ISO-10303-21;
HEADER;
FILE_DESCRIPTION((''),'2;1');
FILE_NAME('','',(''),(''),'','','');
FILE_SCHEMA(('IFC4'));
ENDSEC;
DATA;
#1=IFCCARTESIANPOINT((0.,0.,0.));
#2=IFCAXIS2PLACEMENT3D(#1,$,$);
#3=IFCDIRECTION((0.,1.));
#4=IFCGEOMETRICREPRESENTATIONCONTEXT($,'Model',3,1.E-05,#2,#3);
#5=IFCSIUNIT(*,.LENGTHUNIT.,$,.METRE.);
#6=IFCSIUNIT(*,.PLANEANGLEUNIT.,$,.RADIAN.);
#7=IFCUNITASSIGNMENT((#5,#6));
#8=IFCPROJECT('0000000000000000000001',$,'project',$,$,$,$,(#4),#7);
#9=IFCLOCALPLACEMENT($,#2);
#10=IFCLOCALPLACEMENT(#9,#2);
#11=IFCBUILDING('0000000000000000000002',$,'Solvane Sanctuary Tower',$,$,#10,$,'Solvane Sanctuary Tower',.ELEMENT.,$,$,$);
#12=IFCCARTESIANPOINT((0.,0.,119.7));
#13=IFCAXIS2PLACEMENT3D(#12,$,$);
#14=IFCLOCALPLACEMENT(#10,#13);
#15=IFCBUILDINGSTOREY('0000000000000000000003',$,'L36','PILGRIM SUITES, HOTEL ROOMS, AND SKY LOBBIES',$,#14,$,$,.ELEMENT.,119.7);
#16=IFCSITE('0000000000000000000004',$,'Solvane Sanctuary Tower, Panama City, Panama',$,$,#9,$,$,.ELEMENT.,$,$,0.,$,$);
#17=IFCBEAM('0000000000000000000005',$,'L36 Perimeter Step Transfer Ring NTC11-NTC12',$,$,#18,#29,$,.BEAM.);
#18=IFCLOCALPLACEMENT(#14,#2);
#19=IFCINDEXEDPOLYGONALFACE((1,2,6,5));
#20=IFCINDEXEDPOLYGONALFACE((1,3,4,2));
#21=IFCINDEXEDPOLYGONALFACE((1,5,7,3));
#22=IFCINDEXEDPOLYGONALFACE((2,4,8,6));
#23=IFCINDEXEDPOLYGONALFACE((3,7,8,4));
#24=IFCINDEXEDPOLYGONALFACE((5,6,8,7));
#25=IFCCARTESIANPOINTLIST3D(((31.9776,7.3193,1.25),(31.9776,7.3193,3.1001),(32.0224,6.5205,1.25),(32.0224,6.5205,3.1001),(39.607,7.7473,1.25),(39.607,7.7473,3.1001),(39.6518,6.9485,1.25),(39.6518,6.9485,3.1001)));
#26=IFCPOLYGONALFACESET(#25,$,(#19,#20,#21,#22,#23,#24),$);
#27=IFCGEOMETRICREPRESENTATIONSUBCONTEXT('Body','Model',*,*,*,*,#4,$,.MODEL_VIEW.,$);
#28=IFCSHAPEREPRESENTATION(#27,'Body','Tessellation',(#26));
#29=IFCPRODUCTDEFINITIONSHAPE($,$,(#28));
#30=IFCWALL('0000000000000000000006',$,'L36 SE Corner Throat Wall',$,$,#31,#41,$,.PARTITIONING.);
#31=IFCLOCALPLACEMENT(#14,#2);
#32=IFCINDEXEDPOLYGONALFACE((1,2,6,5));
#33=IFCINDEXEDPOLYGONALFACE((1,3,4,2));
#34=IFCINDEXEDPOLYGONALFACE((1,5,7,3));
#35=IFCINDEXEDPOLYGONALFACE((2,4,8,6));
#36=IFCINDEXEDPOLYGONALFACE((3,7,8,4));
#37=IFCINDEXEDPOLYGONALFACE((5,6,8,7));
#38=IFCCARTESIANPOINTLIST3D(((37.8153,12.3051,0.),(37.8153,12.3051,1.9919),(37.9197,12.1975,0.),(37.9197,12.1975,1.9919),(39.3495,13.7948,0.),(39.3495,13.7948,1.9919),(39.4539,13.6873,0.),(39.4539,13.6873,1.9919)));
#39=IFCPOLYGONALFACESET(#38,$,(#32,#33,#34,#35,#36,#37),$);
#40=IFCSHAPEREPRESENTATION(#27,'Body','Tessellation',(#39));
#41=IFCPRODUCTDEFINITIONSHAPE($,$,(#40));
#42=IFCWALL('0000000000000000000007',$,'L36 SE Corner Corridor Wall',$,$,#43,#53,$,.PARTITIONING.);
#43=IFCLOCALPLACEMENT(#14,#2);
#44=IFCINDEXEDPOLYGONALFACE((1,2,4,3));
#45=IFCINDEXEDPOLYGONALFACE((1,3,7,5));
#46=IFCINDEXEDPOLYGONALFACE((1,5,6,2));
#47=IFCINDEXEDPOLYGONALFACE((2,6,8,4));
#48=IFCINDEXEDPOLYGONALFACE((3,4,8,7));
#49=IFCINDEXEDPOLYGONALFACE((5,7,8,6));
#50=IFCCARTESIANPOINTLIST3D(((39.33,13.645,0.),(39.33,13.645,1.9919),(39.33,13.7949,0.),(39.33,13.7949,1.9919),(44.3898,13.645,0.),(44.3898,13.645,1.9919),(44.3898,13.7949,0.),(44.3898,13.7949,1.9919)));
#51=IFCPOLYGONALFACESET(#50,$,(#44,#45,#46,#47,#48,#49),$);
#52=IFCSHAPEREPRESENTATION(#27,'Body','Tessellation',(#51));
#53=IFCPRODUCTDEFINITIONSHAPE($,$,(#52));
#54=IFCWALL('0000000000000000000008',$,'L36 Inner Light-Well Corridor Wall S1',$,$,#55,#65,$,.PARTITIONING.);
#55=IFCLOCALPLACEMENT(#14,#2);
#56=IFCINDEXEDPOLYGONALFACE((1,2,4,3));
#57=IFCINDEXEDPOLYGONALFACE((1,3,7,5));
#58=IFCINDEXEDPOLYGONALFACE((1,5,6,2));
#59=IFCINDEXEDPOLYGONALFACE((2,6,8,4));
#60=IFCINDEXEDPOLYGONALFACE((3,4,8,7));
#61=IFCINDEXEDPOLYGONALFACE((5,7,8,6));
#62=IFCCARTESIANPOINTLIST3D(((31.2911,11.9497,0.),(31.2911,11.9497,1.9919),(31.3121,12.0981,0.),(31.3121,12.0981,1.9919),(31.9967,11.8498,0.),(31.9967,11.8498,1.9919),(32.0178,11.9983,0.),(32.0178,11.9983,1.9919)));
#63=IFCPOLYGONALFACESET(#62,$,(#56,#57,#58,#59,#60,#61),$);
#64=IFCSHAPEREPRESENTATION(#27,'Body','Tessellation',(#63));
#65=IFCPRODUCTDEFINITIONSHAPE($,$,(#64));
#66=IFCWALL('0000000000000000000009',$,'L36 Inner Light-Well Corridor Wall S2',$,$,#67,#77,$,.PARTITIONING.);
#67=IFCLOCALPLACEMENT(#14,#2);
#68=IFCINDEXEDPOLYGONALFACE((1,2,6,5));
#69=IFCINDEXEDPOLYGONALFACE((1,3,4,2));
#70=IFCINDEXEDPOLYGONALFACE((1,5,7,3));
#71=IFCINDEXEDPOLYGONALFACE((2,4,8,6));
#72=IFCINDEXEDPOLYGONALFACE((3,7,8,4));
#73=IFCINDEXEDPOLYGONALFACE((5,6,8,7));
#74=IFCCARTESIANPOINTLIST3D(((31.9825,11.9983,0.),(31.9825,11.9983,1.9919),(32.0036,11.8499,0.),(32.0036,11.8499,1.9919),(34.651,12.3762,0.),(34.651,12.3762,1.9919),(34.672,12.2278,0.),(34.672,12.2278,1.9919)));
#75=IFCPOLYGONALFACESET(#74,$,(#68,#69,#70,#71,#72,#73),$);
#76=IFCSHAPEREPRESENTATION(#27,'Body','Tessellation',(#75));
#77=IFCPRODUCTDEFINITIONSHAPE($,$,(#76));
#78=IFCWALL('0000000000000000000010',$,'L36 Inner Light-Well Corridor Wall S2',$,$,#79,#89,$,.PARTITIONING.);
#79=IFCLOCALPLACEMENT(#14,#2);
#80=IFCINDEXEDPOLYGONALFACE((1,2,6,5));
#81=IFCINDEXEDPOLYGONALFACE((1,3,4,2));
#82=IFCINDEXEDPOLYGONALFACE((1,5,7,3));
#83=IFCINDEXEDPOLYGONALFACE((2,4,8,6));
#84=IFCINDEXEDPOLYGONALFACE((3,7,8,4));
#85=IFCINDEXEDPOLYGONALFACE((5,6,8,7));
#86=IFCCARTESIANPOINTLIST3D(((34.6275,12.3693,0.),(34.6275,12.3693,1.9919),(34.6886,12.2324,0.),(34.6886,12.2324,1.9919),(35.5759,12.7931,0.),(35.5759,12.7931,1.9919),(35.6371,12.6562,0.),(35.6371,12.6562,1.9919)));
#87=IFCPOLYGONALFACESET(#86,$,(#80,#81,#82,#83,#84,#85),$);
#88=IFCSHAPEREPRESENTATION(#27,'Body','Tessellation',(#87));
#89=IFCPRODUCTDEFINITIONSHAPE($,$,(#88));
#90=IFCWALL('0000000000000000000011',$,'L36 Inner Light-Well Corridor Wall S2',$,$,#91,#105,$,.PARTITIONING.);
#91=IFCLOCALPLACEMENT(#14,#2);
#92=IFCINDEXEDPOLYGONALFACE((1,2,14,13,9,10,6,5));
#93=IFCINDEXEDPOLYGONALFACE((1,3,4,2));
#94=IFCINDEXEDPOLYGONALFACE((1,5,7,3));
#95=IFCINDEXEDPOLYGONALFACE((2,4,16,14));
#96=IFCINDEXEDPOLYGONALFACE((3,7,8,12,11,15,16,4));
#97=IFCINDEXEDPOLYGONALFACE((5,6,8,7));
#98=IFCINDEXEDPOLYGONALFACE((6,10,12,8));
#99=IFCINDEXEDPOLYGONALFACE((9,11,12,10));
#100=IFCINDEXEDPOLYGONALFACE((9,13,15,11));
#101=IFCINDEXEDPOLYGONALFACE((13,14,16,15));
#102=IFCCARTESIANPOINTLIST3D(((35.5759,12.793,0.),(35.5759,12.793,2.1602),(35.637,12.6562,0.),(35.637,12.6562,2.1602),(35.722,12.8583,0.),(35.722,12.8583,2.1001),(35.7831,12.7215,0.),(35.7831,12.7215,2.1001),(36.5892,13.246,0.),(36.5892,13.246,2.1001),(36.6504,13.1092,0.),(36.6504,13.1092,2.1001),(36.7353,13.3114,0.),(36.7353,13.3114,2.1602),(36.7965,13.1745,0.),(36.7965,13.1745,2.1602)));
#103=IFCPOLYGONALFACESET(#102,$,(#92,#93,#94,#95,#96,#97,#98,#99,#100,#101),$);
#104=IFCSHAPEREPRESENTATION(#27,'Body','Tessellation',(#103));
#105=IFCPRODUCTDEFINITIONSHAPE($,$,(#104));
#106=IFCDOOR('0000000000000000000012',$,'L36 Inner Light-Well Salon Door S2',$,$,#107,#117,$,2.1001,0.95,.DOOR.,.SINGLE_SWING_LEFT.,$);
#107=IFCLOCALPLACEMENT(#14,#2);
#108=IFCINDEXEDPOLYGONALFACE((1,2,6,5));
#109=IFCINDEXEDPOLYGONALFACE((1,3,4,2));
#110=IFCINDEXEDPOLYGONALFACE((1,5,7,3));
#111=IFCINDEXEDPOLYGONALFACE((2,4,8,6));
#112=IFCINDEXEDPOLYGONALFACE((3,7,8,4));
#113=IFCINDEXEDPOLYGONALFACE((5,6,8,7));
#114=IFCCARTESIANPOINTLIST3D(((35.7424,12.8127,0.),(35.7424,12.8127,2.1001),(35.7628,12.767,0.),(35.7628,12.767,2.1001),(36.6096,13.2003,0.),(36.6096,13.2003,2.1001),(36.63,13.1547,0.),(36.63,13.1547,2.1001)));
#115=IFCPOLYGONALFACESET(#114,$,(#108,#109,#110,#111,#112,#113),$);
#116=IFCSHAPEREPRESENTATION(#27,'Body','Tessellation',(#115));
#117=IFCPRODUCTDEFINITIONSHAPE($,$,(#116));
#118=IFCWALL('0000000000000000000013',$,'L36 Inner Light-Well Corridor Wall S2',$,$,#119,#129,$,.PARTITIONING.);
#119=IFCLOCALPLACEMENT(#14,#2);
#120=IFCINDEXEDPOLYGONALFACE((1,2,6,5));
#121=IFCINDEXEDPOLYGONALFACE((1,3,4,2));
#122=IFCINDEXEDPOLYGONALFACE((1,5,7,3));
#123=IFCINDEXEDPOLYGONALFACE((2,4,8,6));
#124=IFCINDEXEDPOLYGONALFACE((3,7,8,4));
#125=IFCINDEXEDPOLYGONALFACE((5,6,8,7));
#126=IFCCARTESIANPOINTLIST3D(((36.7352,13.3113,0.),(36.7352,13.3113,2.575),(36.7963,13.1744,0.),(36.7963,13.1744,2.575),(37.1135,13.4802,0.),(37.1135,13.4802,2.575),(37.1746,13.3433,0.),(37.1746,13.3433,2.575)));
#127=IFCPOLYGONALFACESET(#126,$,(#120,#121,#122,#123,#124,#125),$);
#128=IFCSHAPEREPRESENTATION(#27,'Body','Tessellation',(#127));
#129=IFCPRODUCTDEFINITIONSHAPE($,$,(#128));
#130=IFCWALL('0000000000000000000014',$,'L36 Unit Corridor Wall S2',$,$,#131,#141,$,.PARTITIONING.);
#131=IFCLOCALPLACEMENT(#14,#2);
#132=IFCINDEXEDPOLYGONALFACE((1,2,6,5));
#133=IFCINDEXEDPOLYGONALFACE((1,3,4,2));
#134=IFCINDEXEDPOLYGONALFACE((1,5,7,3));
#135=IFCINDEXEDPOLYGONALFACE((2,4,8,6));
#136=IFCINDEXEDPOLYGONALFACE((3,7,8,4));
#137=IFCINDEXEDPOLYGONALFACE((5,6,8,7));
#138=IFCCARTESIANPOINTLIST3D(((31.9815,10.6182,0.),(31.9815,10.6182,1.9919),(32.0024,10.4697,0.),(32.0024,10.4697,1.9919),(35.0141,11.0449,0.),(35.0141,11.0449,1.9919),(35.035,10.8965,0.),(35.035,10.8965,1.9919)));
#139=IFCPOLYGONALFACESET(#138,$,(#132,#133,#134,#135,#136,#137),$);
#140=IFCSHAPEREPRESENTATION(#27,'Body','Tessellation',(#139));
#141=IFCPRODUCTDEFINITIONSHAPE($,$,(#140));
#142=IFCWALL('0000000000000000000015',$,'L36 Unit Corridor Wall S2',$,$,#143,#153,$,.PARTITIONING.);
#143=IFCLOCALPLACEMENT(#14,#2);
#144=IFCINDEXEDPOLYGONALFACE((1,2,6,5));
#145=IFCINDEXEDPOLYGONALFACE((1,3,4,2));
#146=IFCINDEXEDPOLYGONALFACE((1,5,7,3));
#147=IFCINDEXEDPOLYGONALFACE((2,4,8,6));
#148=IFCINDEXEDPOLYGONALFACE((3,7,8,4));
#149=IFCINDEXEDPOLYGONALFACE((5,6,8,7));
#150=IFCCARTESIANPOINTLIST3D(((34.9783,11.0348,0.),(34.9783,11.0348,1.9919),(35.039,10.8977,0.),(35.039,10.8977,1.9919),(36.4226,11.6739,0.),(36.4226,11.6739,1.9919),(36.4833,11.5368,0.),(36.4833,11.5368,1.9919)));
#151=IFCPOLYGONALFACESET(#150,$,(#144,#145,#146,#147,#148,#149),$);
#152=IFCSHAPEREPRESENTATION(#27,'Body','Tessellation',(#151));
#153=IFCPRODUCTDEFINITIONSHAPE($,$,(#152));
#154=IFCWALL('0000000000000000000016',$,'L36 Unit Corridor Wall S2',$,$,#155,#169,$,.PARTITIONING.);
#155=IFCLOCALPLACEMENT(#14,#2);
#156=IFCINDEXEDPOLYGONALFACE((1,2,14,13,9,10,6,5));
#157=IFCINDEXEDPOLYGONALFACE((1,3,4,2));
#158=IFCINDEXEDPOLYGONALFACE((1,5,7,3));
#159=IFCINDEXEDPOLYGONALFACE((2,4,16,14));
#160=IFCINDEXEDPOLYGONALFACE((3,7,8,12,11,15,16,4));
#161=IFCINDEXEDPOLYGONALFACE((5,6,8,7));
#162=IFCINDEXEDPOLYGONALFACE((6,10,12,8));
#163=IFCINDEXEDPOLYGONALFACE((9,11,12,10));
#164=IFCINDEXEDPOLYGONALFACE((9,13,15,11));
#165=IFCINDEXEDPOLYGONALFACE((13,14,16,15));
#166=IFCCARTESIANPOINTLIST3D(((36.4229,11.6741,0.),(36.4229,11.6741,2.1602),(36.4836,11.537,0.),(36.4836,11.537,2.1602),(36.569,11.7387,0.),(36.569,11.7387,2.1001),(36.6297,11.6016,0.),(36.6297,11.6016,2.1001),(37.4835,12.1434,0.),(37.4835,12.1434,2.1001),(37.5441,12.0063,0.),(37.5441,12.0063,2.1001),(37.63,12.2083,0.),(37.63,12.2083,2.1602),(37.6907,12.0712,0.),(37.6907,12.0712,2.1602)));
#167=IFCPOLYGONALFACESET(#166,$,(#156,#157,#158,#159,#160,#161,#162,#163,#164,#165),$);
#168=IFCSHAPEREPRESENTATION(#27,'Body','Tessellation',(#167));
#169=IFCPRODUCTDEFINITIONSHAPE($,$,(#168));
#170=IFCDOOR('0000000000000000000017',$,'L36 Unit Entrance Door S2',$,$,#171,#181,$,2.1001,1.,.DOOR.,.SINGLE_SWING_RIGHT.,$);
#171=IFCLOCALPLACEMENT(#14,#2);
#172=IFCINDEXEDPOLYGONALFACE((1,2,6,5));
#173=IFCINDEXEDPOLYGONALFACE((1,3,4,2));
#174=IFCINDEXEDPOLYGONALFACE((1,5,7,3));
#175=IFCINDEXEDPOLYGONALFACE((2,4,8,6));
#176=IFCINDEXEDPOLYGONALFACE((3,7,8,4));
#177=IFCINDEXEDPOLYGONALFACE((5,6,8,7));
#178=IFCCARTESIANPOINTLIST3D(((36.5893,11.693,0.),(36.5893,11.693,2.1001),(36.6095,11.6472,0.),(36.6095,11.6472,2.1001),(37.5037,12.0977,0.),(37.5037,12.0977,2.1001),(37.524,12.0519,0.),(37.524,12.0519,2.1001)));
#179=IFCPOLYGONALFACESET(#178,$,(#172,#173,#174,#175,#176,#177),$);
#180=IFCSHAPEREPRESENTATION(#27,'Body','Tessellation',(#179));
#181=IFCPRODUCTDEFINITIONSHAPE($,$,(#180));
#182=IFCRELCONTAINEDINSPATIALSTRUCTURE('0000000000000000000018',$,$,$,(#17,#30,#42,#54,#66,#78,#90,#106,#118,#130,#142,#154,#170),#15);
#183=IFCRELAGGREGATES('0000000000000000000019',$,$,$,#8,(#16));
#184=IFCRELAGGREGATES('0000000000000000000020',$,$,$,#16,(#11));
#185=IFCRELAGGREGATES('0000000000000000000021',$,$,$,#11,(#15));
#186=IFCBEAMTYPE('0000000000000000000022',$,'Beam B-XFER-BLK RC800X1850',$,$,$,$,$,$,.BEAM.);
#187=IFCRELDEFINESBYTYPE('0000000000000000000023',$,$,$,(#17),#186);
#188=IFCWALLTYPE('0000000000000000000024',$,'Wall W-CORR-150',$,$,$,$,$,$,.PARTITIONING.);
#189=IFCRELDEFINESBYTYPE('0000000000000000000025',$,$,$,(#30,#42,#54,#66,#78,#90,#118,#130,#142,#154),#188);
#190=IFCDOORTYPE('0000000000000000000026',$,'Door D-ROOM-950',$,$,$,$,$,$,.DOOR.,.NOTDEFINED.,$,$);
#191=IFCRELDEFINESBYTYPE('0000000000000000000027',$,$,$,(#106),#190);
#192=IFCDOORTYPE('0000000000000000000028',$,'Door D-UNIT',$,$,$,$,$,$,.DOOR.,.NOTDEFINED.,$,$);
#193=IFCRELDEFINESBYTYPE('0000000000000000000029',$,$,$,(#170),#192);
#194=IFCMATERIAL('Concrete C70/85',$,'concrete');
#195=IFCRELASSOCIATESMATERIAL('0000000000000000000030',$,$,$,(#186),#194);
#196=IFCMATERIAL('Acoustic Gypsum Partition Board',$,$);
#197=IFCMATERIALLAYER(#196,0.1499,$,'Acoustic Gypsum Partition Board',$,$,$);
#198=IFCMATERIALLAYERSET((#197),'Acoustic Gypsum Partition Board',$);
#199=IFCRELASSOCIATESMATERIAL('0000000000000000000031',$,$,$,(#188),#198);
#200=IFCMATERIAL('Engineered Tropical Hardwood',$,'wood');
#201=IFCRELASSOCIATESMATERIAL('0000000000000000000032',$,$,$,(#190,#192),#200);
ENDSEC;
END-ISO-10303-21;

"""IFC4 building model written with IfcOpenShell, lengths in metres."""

from ifc_helpers import new_model, si_unit, direction, frame, frame_2d, origin, origin_2d, place, context, subcontext, project, spatial, rectangle, extrude, material, layer, layer_set, material_profile, profile_set, type_object, element, fill, save


model = new_model("IFC4")

# Units and contexts
model_context = context("Model", 3, precision=1e-05, world=origin(), true_north=direction((0.0, 1.0)))
body_context = subcontext(model_context, "Body", "Model", "MODEL_VIEW")
ifc_project = project(units=[si_unit("LENGTHUNIT", "METRE"), si_unit("PLANEANGLEUNIT", "RADIAN")], contexts=[model_context])

# Site, building, storey
site_placement = place(None, origin())
site = spatial("IfcSite", under=ifc_project, at=site_placement, Name="Solvane Sanctuary Tower, Panama City, Panama", CompositionType="ELEMENT", RefElevation=0.0)
building_placement = place(site_placement, origin())
building = spatial("IfcBuilding", under=site, at=building_placement, Name="Solvane Sanctuary Tower", LongName="Solvane Sanctuary Tower", CompositionType="ELEMENT")
storey_placement = place(building_placement, frame((0.0, 0.0, 119.7)))
storey = spatial("IfcBuildingStorey", under=building, at=storey_placement, Name="L36", Description="PILGRIM SUITES, HOTEL ROOMS, AND SKY LOBBIES", CompositionType="ELEMENT", Elevation=119.7)

# Beam
ifc_material_1 = material(Name="Concrete C70/85", Category="concrete")
ifc_material_profile_1 = material_profile(ifc_material_1, rectangle(XDim=0.8, YDim=1.8501, at=origin_2d()), Name="RC800X1850")
ifc_profile_set_1 = profile_set([ifc_material_profile_1], Name="Concrete C70/85")
beam_type_1 = type_object("IfcBeamType", Name="Beam B-XFER-BLK RC800X1850", PredefinedType="BEAM", material=ifc_profile_set_1)
beam_1_placement = place(storey_placement, frame((32.0, 6.9199, 2.175), z_axis=(0.99843, 0.056008, 0.0), x_axis=(-0.056008, 0.99843, 0.0)))
element("IfcBeam", 1, at=beam_1_placement, inside=storey, type_object=beam_type_1, Name="L36 Perimeter Step Transfer Ring NTC11-NTC12", PredefinedType="BEAM", context=body_context, shape_type="SweptSolid", body=[
    extrude(rectangle(XDim=0.8, YDim=1.8501, at=origin_2d()), origin(), (0.0, 0.0, 1.0), 7.6414),
])

# Walls
ifc_material_2 = material(Name="Acoustic Gypsum Partition Board")
ifc_layer_1 = layer(ifc_material_2, 0.1499, Name="Acoustic Gypsum Partition Board")
ifc_layer_set_1 = layer_set([ifc_layer_1], Name="Acoustic Gypsum Partition Board")
wall_type_1 = type_object("IfcWallType", Name="Wall W-CORR-150", PredefinedType="PARTITIONING", material=ifc_layer_set_1)
wall_1_placement = place(storey_placement, frame((37.8674, 12.2512, 0.0), z_axis=(0.0, 0.0, 1.0), x_axis=(0.71742, 0.696641, 0.0)))
element("IfcWall", 2, at=wall_1_placement, inside=storey, type_object=wall_type_1, Name="L36 SE Corner Throat Wall", PredefinedType="PARTITIONING", context=body_context, shape_type="SweptSolid", body=[
    extrude(rectangle(XDim=2.1384, YDim=0.1499, at=frame_2d((1.0693, 0.0))), origin(), (0.0, 0.0, 1.0), 1.9919),
])
wall_2_placement = place(storey_placement, frame((39.3301, 13.72, 0.0), z_axis=(0.0, 0.0, 1.0), x_axis=(1.0, 0.0, 0.0)))
element("IfcWall", 3, at=wall_2_placement, inside=storey, type_object=wall_type_1, Name="L36 SE Corner Corridor Wall", PredefinedType="PARTITIONING", context=body_context, shape_type="SweptSolid", body=[
    extrude(rectangle(XDim=5.0598, YDim=0.1499, at=frame_2d((2.5298, 0.0))), origin(), (0.0, 0.0, 1.0), 1.9919),
])
wall_3_placement = place(storey_placement, frame((31.3015, 12.0239, 0.0), z_axis=(0.0, 0.0, 1.0), x_axis=(0.990134, -0.140126, 0.0)))
element("IfcWall", 4, at=wall_3_placement, inside=storey, type_object=wall_type_1, Name="L36 Inner Light-Well Corridor Wall S1", PredefinedType="PARTITIONING", context=body_context, shape_type="SweptSolid", body=[
    extrude(rectangle(XDim=0.7126, YDim=0.1499, at=frame_2d((0.3564, 0.0))), origin(), (0.0, 0.0, 1.0), 1.9919),
])
wall_4_placement = place(storey_placement, frame((31.9929, 11.9241, 0.0), z_axis=(0.0, 0.0, 1.0), x_axis=(0.990119, 0.140229, 0.0)))
element("IfcWall", 5, at=wall_4_placement, inside=storey, type_object=wall_type_1, Name="L36 Inner Light-Well Corridor Wall S2", PredefinedType="PARTITIONING", context=body_context, shape_type="SweptSolid", body=[
    extrude(rectangle(XDim=2.6951, YDim=0.1499, at=frame_2d((1.3477, 0.0))), origin(), (0.0, 0.0, 1.0), 1.9919),
])
wall_5_placement = place(storey_placement, frame((34.658, 12.3008, 0.0), z_axis=(0.0, 0.0, 1.0), x_axis=(0.912996, 0.407969, 0.0)))
element("IfcWall", 6, at=wall_5_placement, inside=storey, type_object=wall_type_1, Name="L36 Inner Light-Well Corridor Wall S2", PredefinedType="PARTITIONING", context=body_context, shape_type="SweptSolid", body=[
    extrude(rectangle(XDim=1.0388, YDim=0.1499, at=frame_2d((0.5195, 0.0))), origin(), (0.0, 0.0, 1.0), 1.9919),
])

# Wall, opening, door
wall_6_placement = place(storey_placement, frame((35.6064, 12.7246, 0.0), z_axis=(0.0, 0.0, 1.0), x_axis=(0.912929, 0.408117, 0.0)))
wall_6 = element("IfcWall", 7, at=wall_6_placement, inside=storey, type_object=wall_type_1, Name="L36 Inner Light-Well Corridor Wall S2", PredefinedType="PARTITIONING", context=body_context, shape_type="SweptSolid", body=[
    extrude(rectangle(XDim=1.27, YDim=0.1499, at=frame_2d((0.635, 0.0))), origin(), (0.0, 0.0, 1.0), 2.1602),
])
opening_1_placement = place(wall_6_placement, frame((0.1599, 0.0, 0.0)))
opening_1 = element("IfcOpeningElement", 8, at=opening_1_placement, cuts=wall_6, PredefinedType="OPENING", context=body_context, shape_type="SweptSolid", body=[
    extrude(rectangle(XDim=0.95, YDim=2.1001, at=frame_2d((0.4751, 1.05))), frame((0.0, 0.085, 0.0), z_axis=(0.0, -1.0, 0.0), x_axis=(1.0, 0.0, 0.0)), (0.0, 0.0, 1.0), 0.1699),
])
ifc_material_3 = material(Name="Engineered Tropical Hardwood", Category="wood")
door_type_1 = type_object("IfcDoorType", Name="Door D-ROOM-950", OperationType="NOTDEFINED", PredefinedType="DOOR", material=ifc_material_3)
door_1_placement = place(opening_1_placement, origin())
door_1 = element("IfcDoor", 9, at=door_1_placement, inside=storey, type_object=door_type_1, Name="L36 Inner Light-Well Salon Door S2", OperationType="SINGLE_SWING_LEFT", OverallHeight=2.1001, OverallWidth=0.95, PredefinedType="DOOR", context=body_context, shape_type="SweptSolid", body=[
    extrude(rectangle(XDim=0.95, YDim=2.1001, at=frame_2d((0.4751, 1.05))), frame((0.0, 0.0249, 0.0), z_axis=(0.0, -1.0, 0.0), x_axis=(1.0, 0.0, 0.0)), (0.0, 0.0, 1.0), 0.05),
])
fill(opening_1, door_1)

# Walls
wall_7_placement = place(storey_placement, frame((36.7659, 13.2429, 0.0), z_axis=(0.0, 0.0, 1.0), x_axis=(0.91313, 0.407668, 0.0)))
element("IfcWall", 10, at=wall_7_placement, inside=storey, type_object=wall_type_1, Name="L36 Inner Light-Well Corridor Wall S2", PredefinedType="PARTITIONING", context=body_context, shape_type="SweptSolid", body=[
    extrude(rectangle(XDim=0.4143, YDim=0.1499, at=frame_2d((0.207, 0.0))), origin(), (0.0, 0.0, 1.0), 2.575),
])
wall_8_placement = place(storey_placement, frame((31.9919, 10.5439, 0.0), z_axis=(0.0, 0.0, 1.0), x_axis=(0.990244, 0.139345, 0.0)))
element("IfcWall", 11, at=wall_8_placement, inside=storey, type_object=wall_type_1, Name="L36 Unit Corridor Wall S2", PredefinedType="PARTITIONING", context=body_context, shape_type="SweptSolid", body=[
    extrude(rectangle(XDim=3.0625, YDim=0.1499, at=frame_2d((1.5312, 0.0))), origin(), (0.0, 0.0, 1.0), 1.9919),
])
wall_9_placement = place(storey_placement, frame((35.0088, 10.9663, 0.0), z_axis=(0.0, 0.0, 1.0), x_axis=(0.914461, 0.404675, 0.0)))
element("IfcWall", 12, at=wall_9_placement, inside=storey, type_object=wall_type_1, Name="L36 Unit Corridor Wall S2", PredefinedType="PARTITIONING", context=body_context, shape_type="SweptSolid", body=[
    extrude(rectangle(XDim=1.5793, YDim=0.1499, at=frame_2d((0.7896, 0.0))), origin(), (0.0, 0.0, 1.0), 1.9919),
])

# Wall, opening, door
wall_10_placement = place(storey_placement, frame((36.4531, 11.6055, 0.0), z_axis=(0.0, 0.0, 1.0), x_axis=(0.914451, 0.404696, 0.0)))
wall_10 = element("IfcWall", 13, at=wall_10_placement, inside=storey, type_object=wall_type_1, Name="L36 Unit Corridor Wall S2", PredefinedType="PARTITIONING", context=body_context, shape_type="SweptSolid", body=[
    extrude(rectangle(XDim=1.3201, YDim=0.1499, at=frame_2d((0.6602, 0.0))), origin(), (0.0, 0.0, 1.0), 2.1602),
])
opening_2_placement = place(wall_10_placement, frame((0.1599, 0.0, 0.0)))
opening_2 = element("IfcOpeningElement", 14, at=opening_2_placement, cuts=wall_10, PredefinedType="OPENING", context=body_context, shape_type="SweptSolid", body=[
    extrude(rectangle(XDim=1.0, YDim=2.1001, at=frame_2d((0.5, 1.05))), frame((0.0, 0.085, 0.0), z_axis=(0.0, -1.0, 0.0), x_axis=(1.0, 0.0, 0.0)), (0.0, 0.0, 1.0), 0.1699),
])
door_type_2 = type_object("IfcDoorType", Name="Door D-UNIT", OperationType="NOTDEFINED", PredefinedType="DOOR", material=ifc_material_3)
door_2_placement = place(opening_2_placement, origin())
door_2 = element("IfcDoor", 15, at=door_2_placement, inside=storey, type_object=door_type_2, Name="L36 Unit Entrance Door S2", OperationType="SINGLE_SWING_RIGHT", OverallHeight=2.1001, OverallWidth=1.0, PredefinedType="DOOR", context=body_context, shape_type="SweptSolid", body=[
    extrude(rectangle(XDim=1.0, YDim=2.1001, at=frame_2d((0.5, 1.05))), frame((0.0, 0.0249, 0.0), z_axis=(0.0, -1.0, 0.0), x_axis=(1.0, 0.0, 0.0)), (0.0, 0.0, 1.0), 0.05),
])
fill(opening_2, door_2)

save(model, "model.ifc")
